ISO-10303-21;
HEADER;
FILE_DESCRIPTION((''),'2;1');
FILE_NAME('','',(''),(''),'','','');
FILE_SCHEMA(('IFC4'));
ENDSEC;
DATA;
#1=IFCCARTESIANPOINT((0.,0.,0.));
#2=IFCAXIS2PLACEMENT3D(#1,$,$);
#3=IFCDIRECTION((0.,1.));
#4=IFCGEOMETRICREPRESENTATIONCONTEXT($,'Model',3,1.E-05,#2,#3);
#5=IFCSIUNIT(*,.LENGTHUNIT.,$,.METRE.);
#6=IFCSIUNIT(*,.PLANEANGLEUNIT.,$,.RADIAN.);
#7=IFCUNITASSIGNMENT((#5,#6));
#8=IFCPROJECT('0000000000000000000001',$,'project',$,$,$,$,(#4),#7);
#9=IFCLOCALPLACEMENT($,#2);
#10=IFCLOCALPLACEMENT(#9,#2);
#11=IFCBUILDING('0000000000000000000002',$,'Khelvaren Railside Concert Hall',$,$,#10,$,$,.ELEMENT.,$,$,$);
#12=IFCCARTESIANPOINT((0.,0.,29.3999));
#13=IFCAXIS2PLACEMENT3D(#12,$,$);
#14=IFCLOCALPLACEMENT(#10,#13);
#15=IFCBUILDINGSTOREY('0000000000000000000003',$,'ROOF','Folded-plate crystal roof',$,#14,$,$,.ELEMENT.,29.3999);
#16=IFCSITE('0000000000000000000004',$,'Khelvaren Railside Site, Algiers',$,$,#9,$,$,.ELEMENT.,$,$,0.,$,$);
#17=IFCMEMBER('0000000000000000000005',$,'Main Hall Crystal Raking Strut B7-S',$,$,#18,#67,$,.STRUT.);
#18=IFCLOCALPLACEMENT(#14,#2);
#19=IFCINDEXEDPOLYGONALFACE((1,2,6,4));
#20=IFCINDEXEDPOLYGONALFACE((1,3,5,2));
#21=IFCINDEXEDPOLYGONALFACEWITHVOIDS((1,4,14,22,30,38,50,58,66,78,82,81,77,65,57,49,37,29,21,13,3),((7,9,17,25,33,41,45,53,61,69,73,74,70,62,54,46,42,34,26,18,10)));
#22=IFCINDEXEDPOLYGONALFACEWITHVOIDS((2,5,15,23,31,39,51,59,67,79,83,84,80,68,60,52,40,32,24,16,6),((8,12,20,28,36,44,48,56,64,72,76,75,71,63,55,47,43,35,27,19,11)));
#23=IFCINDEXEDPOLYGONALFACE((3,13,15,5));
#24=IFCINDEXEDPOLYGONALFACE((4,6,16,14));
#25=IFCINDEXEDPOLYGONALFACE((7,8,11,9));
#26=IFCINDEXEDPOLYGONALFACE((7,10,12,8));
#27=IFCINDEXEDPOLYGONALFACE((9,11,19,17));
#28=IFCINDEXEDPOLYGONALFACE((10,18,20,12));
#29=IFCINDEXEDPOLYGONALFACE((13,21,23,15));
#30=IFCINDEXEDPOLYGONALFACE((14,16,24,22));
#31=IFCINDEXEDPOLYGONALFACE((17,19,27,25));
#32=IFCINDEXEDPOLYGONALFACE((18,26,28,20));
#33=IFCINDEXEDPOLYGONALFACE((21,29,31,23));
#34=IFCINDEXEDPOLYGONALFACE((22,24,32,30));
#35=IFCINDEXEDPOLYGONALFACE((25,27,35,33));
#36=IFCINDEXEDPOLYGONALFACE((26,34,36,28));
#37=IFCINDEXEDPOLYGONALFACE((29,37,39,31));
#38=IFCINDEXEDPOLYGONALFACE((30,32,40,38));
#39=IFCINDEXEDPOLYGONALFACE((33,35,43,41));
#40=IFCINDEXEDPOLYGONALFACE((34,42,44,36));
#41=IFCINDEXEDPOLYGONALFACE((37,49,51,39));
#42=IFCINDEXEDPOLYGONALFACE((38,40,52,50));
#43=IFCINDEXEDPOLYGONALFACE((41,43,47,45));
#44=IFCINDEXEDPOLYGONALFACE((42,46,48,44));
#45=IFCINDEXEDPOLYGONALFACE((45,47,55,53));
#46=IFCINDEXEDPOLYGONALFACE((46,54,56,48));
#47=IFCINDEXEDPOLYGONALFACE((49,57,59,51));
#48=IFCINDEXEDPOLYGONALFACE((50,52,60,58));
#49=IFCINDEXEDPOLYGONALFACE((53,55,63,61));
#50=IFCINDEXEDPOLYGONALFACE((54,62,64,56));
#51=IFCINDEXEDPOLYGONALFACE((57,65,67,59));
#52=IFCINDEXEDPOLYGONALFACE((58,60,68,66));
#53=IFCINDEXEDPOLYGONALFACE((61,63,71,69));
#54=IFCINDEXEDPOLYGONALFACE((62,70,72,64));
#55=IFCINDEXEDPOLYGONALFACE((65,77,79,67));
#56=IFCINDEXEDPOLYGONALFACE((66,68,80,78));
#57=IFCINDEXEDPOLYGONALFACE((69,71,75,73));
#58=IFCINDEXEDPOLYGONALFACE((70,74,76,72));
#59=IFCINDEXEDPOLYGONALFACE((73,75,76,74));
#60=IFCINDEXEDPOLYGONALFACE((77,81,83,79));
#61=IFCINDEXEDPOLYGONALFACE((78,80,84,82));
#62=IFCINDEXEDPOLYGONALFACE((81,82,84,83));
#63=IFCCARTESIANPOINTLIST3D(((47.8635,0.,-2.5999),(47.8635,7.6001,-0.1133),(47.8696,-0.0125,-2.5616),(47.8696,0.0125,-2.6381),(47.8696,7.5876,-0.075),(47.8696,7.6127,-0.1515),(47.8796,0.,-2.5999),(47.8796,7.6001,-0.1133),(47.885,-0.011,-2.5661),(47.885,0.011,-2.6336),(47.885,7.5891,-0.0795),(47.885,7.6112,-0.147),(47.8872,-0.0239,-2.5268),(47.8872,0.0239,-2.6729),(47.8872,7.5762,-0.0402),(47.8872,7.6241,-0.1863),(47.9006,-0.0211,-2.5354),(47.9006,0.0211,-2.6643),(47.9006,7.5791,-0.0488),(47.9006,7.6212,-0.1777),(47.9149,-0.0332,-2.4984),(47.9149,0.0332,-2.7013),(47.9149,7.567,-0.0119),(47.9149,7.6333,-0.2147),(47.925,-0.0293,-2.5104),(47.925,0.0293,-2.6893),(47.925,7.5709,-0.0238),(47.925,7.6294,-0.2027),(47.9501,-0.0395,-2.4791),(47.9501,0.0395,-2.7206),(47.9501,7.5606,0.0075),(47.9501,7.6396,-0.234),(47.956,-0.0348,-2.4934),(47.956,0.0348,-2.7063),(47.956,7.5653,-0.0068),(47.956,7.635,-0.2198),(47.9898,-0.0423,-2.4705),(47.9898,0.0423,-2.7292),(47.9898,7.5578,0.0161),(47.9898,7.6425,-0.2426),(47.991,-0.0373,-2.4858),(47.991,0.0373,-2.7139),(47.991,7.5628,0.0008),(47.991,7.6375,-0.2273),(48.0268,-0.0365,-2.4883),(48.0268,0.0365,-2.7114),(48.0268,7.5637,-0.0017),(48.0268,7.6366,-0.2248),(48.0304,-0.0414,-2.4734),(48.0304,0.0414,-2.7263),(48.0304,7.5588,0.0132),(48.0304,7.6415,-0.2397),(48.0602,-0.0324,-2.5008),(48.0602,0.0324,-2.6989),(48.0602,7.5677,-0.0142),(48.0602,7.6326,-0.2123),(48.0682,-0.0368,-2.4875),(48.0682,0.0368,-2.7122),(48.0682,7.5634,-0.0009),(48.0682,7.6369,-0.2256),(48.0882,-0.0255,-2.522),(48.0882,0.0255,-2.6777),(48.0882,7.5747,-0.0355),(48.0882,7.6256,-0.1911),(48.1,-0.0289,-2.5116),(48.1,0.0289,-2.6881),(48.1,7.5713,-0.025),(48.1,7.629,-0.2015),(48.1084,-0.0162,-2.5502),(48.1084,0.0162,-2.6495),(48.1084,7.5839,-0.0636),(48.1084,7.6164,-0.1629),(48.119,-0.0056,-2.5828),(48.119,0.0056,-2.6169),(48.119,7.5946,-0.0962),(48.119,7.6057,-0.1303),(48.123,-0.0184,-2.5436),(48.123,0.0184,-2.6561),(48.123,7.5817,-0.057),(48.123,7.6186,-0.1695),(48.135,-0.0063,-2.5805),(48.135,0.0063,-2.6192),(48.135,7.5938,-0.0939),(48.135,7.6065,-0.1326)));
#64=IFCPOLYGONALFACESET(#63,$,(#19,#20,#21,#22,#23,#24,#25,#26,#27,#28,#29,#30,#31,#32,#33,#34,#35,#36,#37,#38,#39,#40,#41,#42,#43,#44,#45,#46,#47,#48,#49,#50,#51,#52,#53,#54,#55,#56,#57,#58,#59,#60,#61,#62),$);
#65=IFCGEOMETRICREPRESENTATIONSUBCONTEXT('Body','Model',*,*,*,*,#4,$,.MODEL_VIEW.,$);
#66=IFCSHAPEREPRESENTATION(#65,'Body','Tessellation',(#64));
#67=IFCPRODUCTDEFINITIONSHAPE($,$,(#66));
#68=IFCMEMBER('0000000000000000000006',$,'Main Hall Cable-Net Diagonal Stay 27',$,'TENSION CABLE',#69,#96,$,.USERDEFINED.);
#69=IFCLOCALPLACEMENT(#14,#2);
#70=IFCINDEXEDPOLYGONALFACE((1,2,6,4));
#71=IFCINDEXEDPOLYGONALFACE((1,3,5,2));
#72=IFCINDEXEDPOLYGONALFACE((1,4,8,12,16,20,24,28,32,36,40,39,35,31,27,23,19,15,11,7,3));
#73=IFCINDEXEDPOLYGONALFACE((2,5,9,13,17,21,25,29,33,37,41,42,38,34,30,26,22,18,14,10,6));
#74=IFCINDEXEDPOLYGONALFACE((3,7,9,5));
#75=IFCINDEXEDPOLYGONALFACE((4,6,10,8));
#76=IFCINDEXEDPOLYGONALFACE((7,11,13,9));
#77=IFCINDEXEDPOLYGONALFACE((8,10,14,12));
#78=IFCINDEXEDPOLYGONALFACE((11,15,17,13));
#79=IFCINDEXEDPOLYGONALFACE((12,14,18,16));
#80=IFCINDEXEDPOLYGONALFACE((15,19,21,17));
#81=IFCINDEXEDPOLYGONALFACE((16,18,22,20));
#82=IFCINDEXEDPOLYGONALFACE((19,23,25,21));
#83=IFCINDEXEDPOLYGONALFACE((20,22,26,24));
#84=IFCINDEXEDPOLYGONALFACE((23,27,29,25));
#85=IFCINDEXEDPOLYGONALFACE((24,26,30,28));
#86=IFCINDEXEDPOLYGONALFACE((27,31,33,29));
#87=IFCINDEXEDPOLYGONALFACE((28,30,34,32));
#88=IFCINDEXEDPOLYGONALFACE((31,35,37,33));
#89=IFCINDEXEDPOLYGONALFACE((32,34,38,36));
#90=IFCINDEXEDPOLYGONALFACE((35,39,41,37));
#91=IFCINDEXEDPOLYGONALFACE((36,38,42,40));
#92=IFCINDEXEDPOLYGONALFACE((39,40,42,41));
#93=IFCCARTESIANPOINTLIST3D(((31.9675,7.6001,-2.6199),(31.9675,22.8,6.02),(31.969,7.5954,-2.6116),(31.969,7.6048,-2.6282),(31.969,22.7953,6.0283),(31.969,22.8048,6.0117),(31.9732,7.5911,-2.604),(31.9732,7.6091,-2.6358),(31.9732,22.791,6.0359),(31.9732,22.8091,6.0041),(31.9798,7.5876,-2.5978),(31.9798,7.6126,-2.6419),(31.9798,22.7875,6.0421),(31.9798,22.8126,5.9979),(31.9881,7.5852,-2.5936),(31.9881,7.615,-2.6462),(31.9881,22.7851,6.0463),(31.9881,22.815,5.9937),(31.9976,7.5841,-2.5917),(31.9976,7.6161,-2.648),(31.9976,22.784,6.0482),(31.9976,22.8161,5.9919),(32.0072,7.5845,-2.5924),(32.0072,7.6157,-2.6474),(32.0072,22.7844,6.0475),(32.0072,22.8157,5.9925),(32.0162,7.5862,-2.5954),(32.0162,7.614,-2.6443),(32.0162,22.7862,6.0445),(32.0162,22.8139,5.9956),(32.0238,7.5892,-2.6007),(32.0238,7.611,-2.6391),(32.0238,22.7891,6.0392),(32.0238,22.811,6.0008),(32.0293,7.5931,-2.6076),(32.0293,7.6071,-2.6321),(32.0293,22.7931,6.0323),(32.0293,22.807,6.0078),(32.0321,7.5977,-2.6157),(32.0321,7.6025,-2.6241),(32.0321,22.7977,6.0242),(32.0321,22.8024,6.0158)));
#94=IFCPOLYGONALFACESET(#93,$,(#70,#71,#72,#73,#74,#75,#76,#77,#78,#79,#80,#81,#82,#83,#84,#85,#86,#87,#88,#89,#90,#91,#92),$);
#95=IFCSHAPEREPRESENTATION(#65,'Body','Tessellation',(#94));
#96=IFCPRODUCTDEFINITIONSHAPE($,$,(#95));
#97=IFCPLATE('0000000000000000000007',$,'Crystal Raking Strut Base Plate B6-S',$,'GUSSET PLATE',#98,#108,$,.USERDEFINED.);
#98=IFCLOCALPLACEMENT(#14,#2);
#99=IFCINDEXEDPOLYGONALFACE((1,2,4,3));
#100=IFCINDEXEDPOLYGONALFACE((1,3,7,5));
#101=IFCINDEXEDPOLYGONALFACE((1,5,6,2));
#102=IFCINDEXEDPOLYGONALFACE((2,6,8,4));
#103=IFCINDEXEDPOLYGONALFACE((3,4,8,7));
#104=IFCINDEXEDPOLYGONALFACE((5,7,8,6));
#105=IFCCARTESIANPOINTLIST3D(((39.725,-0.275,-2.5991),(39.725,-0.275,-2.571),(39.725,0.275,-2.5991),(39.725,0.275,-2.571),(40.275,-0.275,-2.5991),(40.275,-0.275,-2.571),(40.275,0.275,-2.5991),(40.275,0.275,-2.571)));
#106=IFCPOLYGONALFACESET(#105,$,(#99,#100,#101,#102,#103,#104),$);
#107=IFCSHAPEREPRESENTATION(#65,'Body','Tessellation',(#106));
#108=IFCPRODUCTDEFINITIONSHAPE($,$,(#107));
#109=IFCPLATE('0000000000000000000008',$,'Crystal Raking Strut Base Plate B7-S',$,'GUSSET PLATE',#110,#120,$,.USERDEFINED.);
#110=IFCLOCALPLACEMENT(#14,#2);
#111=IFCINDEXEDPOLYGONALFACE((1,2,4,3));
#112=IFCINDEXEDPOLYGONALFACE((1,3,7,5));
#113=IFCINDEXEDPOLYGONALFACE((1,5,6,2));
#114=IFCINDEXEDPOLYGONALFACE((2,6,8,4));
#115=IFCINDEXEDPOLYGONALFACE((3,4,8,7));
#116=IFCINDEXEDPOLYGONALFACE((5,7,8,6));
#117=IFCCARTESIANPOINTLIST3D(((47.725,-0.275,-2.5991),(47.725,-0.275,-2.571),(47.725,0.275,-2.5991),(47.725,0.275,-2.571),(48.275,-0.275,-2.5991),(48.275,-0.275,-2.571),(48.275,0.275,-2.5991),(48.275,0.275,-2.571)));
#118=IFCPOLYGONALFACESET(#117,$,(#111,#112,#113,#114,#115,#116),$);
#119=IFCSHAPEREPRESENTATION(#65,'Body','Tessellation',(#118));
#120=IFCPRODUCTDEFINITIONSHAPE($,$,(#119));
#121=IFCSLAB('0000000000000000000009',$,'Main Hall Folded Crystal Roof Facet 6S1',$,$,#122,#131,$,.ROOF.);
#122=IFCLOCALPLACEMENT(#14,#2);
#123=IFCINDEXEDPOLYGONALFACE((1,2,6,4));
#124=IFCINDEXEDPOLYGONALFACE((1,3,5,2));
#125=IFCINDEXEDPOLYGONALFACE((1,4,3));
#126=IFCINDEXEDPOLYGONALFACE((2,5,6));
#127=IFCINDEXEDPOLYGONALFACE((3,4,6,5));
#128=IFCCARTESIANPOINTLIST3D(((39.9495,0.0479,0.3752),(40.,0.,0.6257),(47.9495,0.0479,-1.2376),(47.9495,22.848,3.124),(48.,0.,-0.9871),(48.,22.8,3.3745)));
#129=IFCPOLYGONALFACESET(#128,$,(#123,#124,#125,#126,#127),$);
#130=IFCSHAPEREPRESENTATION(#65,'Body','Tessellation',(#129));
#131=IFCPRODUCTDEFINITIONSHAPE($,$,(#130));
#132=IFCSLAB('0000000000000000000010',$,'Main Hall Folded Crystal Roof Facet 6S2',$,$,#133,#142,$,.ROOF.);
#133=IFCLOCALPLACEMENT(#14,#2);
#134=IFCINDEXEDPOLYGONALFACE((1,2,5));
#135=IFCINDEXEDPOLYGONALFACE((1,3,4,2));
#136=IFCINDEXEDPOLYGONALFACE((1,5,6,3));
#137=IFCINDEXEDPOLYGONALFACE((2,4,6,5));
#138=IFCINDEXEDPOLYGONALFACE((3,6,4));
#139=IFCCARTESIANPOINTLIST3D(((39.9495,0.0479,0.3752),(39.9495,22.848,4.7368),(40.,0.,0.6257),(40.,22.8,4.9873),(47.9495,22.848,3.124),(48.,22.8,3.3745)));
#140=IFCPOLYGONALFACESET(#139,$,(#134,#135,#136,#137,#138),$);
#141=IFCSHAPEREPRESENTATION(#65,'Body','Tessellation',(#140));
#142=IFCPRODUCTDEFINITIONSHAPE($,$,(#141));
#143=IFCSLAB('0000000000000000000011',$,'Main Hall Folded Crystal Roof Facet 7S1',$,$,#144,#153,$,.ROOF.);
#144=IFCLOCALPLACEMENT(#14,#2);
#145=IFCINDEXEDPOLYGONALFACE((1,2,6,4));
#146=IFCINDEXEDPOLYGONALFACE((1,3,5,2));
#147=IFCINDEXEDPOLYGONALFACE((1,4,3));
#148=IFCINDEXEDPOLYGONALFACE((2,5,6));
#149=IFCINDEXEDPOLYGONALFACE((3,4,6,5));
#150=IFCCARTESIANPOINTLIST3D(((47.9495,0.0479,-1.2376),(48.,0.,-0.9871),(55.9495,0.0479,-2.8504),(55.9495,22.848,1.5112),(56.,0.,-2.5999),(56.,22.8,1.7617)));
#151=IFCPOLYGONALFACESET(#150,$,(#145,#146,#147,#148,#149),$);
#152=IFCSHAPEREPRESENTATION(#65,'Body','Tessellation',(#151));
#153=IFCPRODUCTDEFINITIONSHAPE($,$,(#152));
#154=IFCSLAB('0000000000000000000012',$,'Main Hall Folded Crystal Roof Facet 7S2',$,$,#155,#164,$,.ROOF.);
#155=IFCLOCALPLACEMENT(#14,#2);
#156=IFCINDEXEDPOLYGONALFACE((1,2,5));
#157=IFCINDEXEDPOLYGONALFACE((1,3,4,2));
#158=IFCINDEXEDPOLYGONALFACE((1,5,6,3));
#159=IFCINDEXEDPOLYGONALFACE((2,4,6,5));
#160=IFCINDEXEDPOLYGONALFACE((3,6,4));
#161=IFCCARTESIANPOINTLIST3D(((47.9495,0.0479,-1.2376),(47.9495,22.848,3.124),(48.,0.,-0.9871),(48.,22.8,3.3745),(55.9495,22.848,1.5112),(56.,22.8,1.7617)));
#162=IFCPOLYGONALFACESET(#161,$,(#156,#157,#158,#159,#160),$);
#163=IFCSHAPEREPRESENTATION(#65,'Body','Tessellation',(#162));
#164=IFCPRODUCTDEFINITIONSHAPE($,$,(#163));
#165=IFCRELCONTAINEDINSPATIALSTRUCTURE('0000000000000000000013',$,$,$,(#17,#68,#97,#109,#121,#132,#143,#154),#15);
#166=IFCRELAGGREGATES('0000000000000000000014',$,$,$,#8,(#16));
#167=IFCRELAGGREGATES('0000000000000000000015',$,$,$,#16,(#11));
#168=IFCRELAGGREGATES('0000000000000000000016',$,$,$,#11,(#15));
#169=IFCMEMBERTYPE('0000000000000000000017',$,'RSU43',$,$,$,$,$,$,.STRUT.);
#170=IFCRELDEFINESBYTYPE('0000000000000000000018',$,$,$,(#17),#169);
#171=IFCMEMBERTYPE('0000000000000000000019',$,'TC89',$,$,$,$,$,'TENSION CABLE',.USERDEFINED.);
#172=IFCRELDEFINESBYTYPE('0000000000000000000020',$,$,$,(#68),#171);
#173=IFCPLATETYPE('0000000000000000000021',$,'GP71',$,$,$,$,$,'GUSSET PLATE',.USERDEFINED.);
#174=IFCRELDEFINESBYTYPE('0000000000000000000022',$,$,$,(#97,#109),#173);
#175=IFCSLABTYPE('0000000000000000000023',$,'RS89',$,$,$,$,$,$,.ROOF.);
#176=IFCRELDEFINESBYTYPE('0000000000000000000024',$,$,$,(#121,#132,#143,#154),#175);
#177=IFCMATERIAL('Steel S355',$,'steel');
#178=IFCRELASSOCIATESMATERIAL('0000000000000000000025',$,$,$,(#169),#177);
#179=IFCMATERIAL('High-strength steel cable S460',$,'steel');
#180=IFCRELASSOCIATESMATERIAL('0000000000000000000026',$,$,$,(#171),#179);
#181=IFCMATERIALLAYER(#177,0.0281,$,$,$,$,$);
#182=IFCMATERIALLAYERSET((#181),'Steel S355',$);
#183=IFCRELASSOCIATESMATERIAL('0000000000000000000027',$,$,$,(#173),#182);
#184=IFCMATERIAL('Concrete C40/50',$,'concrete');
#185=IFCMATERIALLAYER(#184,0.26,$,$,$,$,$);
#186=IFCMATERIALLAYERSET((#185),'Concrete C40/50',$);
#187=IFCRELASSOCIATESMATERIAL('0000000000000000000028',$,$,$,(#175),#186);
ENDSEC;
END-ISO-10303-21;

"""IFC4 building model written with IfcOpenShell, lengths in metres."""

from ifc_helpers import new_model, si_unit, direction, frame, origin, origin_2d, place, context, subcontext, project, spatial, polyline, rectangle, circle, hollow_circle, outline, extrude, material, layer, layer_set, material_profile, profile_set, type_object, element, save


model = new_model("IFC4")

# Units and contexts
model_context = context("Model", 3, precision=1e-05, world=origin(), true_north=direction((0.0, 1.0)))
body_context = subcontext(model_context, "Body", "Model", "MODEL_VIEW")
ifc_project = project(units=[si_unit("LENGTHUNIT", "METRE"), si_unit("PLANEANGLEUNIT", "RADIAN")], contexts=[model_context])

# Site, building, storey
site_placement = place(None, origin())
site = spatial("IfcSite", under=ifc_project, at=site_placement, Name="Khelvaren Railside Site, Algiers", CompositionType="ELEMENT", RefElevation=0.0)
building_placement = place(site_placement, origin())
building = spatial("IfcBuilding", under=site, at=building_placement, Name="Khelvaren Railside Concert Hall", CompositionType="ELEMENT")
storey_placement = place(building_placement, frame((0.0, 0.0, 29.3999)))
storey = spatial("IfcBuildingStorey", under=building, at=storey_placement, Name="ROOF", Description="Folded-plate crystal roof", CompositionType="ELEMENT", Elevation=29.3999)

# Shared definitions
ifc_material_1 = material(Name="Steel S355", Category="steel")

# Members
ifc_material_profile_1 = material_profile(ifc_material_1, hollow_circle(Radius=0.1365, WallThickness=0.0161, at=origin_2d()), Name="CHS 273x16")
ifc_profile_set_1 = profile_set([ifc_material_profile_1], Name="Steel S355")
member_type_1 = type_object("IfcMemberType", Name="RSU43", PredefinedType="STRUT", material=ifc_profile_set_1)
member_1_placement = place(storey_placement, frame((48.0, 0.0, -2.5999), z_axis=(0.0, 0.950424, 0.310956), x_axis=(-1.0, 0.0, 0.0)))
element("IfcMember", 1, at=member_1_placement, inside=storey, type_object=member_type_1, Name="Main Hall Crystal Raking Strut B7-S", PredefinedType="STRUT", context=body_context, shape_type="SweptSolid", body=[
    extrude(hollow_circle(Radius=0.1365, WallThickness=0.0161, at=origin_2d()), origin(), (0.0, 0.0, 1.0), 7.9966),
])
ifc_material_2 = material(Name="High-strength steel cable S460", Category="steel")
ifc_material_profile_2 = material_profile(ifc_material_2, circle(Radius=0.0325, at=origin_2d()), Name="LCB D65")
ifc_profile_set_2 = profile_set([ifc_material_profile_2], Name="High-strength steel cable S460")
member_type_2 = type_object("IfcMemberType", Name="TC89", ElementType="TENSION CABLE", PredefinedType="USERDEFINED", material=ifc_profile_set_2)
member_2_placement = place(storey_placement, frame((32.0, 7.6001, -2.6199), z_axis=(0.0, 0.869369, 0.494163), x_axis=(-1.0, 0.0, 0.0)))
element("IfcMember", 2, at=member_2_placement, inside=storey, type_object=member_type_2, Name="Main Hall Cable-Net Diagonal Stay 27", ObjectType="TENSION CABLE", PredefinedType="USERDEFINED", context=body_context, shape_type="SweptSolid", body=[
    extrude(circle(Radius=0.0325, at=origin_2d()), origin(), (0.0, 0.0, 1.0), 17.4839),
])

# Plates
ifc_layer_1 = layer(ifc_material_1, 0.0281)
ifc_layer_set_1 = layer_set([ifc_layer_1], Name="Steel S355")
plate_type = type_object("IfcPlateType", Name="GP71", ElementType="GUSSET PLATE", PredefinedType="USERDEFINED", material=ifc_layer_set_1)
for number, where, z_axis, x_axis, name in (
    (3, (40.0, 0.0, -2.5991), (0.0, 0.0, 1.0), (1.0, 0.0, 0.0), "Crystal Raking Strut Base Plate B6-S"),
    (4, (48.0, 0.0, -2.5991), (0.0, 0.0, 1.0), (1.0, 0.0, 0.0), "Crystal Raking Strut Base Plate B7-S"),
):
    element("IfcPlate", number, at=place(storey_placement, frame(where, z_axis=z_axis, x_axis=x_axis)), inside=storey, type_object=plate_type, Name=name, ObjectType="GUSSET PLATE", PredefinedType="USERDEFINED", context=body_context, shape_type="SweptSolid", body=[
        extrude(rectangle(XDim=0.55, YDim=0.55, at=origin_2d()), origin(), (0.0, 0.0, 1.0), 0.0281),
    ])

# Slabs
ifc_material_3 = material(Name="Concrete C40/50", Category="concrete")
ifc_layer_2 = layer(ifc_material_3, 0.26)
ifc_layer_set_2 = layer_set([ifc_layer_2], Name="Concrete C40/50")
slab_type = type_object("IfcSlabType", Name="RS89", PredefinedType="ROOF", material=ifc_layer_set_2)
slab_1_placement = place(storey_placement, frame((40.0, 0.0, 0.6257), z_axis=(0.194238, -0.184311, 0.963484), x_axis=(0.980278, 0.0, -0.197623)))
element("IfcSlab", 5, at=slab_1_placement, inside=storey, type_object=slab_type, Name="Main Hall Folded Crystal Roof Facet 6S1", PredefinedType="ROOF", context=body_context, shape_type="SweptSolid", body=[
    extrude(outline(polyline([(0.0, 0.0), (8.1609, 0.0), (7.299, 23.1975), (0.0, 0.0)])), origin(), (0.0, 0.0, -1.0), 0.26),
])
slab_2_placement = place(storey_placement, frame((40.0, 0.0, 0.6257), z_axis=(0.194238, -0.184311, 0.963484), x_axis=(0.328965, 0.937553, 0.113032)))
element("IfcSlab", 6, at=slab_2_placement, inside=storey, type_object=slab_type, Name="Main Hall Folded Crystal Roof Facet 6S2", PredefinedType="ROOF", context=body_context, shape_type="SweptSolid", body=[
    extrude(outline(polyline([(0.0, 0.0), (24.3187, 0.0), (21.8693, 7.7847), (0.0, 0.0)])), origin(), (0.0, 0.0, -1.0), 0.26),
])
slab_3_placement = place(storey_placement, frame((48.0, 0.0, -0.9871), z_axis=(0.194238, -0.184311, 0.963484), x_axis=(0.980278, 0.0, -0.197623)))
element("IfcSlab", 7, at=slab_3_placement, inside=storey, type_object=slab_type, Name="Main Hall Folded Crystal Roof Facet 7S1", PredefinedType="ROOF", context=body_context, shape_type="SweptSolid", body=[
    extrude(outline(polyline([(0.0, 0.0), (8.1609, 0.0), (7.299, 23.1975), (0.0, 0.0)])), origin(), (0.0, 0.0, -1.0), 0.26),
])
slab_4_placement = place(storey_placement, frame((48.0, 0.0, -0.9871), z_axis=(0.194238, -0.184311, 0.963484), x_axis=(0.328965, 0.937553, 0.113032)))
element("IfcSlab", 8, at=slab_4_placement, inside=storey, type_object=slab_type, Name="Main Hall Folded Crystal Roof Facet 7S2", PredefinedType="ROOF", context=body_context, shape_type="SweptSolid", body=[
    extrude(outline(polyline([(0.0, 0.0), (24.3187, 0.0), (21.8693, 7.7847), (0.0, 0.0)])), origin(), (0.0, 0.0, -1.0), 0.26),
])

save(model, "model.ifc")
